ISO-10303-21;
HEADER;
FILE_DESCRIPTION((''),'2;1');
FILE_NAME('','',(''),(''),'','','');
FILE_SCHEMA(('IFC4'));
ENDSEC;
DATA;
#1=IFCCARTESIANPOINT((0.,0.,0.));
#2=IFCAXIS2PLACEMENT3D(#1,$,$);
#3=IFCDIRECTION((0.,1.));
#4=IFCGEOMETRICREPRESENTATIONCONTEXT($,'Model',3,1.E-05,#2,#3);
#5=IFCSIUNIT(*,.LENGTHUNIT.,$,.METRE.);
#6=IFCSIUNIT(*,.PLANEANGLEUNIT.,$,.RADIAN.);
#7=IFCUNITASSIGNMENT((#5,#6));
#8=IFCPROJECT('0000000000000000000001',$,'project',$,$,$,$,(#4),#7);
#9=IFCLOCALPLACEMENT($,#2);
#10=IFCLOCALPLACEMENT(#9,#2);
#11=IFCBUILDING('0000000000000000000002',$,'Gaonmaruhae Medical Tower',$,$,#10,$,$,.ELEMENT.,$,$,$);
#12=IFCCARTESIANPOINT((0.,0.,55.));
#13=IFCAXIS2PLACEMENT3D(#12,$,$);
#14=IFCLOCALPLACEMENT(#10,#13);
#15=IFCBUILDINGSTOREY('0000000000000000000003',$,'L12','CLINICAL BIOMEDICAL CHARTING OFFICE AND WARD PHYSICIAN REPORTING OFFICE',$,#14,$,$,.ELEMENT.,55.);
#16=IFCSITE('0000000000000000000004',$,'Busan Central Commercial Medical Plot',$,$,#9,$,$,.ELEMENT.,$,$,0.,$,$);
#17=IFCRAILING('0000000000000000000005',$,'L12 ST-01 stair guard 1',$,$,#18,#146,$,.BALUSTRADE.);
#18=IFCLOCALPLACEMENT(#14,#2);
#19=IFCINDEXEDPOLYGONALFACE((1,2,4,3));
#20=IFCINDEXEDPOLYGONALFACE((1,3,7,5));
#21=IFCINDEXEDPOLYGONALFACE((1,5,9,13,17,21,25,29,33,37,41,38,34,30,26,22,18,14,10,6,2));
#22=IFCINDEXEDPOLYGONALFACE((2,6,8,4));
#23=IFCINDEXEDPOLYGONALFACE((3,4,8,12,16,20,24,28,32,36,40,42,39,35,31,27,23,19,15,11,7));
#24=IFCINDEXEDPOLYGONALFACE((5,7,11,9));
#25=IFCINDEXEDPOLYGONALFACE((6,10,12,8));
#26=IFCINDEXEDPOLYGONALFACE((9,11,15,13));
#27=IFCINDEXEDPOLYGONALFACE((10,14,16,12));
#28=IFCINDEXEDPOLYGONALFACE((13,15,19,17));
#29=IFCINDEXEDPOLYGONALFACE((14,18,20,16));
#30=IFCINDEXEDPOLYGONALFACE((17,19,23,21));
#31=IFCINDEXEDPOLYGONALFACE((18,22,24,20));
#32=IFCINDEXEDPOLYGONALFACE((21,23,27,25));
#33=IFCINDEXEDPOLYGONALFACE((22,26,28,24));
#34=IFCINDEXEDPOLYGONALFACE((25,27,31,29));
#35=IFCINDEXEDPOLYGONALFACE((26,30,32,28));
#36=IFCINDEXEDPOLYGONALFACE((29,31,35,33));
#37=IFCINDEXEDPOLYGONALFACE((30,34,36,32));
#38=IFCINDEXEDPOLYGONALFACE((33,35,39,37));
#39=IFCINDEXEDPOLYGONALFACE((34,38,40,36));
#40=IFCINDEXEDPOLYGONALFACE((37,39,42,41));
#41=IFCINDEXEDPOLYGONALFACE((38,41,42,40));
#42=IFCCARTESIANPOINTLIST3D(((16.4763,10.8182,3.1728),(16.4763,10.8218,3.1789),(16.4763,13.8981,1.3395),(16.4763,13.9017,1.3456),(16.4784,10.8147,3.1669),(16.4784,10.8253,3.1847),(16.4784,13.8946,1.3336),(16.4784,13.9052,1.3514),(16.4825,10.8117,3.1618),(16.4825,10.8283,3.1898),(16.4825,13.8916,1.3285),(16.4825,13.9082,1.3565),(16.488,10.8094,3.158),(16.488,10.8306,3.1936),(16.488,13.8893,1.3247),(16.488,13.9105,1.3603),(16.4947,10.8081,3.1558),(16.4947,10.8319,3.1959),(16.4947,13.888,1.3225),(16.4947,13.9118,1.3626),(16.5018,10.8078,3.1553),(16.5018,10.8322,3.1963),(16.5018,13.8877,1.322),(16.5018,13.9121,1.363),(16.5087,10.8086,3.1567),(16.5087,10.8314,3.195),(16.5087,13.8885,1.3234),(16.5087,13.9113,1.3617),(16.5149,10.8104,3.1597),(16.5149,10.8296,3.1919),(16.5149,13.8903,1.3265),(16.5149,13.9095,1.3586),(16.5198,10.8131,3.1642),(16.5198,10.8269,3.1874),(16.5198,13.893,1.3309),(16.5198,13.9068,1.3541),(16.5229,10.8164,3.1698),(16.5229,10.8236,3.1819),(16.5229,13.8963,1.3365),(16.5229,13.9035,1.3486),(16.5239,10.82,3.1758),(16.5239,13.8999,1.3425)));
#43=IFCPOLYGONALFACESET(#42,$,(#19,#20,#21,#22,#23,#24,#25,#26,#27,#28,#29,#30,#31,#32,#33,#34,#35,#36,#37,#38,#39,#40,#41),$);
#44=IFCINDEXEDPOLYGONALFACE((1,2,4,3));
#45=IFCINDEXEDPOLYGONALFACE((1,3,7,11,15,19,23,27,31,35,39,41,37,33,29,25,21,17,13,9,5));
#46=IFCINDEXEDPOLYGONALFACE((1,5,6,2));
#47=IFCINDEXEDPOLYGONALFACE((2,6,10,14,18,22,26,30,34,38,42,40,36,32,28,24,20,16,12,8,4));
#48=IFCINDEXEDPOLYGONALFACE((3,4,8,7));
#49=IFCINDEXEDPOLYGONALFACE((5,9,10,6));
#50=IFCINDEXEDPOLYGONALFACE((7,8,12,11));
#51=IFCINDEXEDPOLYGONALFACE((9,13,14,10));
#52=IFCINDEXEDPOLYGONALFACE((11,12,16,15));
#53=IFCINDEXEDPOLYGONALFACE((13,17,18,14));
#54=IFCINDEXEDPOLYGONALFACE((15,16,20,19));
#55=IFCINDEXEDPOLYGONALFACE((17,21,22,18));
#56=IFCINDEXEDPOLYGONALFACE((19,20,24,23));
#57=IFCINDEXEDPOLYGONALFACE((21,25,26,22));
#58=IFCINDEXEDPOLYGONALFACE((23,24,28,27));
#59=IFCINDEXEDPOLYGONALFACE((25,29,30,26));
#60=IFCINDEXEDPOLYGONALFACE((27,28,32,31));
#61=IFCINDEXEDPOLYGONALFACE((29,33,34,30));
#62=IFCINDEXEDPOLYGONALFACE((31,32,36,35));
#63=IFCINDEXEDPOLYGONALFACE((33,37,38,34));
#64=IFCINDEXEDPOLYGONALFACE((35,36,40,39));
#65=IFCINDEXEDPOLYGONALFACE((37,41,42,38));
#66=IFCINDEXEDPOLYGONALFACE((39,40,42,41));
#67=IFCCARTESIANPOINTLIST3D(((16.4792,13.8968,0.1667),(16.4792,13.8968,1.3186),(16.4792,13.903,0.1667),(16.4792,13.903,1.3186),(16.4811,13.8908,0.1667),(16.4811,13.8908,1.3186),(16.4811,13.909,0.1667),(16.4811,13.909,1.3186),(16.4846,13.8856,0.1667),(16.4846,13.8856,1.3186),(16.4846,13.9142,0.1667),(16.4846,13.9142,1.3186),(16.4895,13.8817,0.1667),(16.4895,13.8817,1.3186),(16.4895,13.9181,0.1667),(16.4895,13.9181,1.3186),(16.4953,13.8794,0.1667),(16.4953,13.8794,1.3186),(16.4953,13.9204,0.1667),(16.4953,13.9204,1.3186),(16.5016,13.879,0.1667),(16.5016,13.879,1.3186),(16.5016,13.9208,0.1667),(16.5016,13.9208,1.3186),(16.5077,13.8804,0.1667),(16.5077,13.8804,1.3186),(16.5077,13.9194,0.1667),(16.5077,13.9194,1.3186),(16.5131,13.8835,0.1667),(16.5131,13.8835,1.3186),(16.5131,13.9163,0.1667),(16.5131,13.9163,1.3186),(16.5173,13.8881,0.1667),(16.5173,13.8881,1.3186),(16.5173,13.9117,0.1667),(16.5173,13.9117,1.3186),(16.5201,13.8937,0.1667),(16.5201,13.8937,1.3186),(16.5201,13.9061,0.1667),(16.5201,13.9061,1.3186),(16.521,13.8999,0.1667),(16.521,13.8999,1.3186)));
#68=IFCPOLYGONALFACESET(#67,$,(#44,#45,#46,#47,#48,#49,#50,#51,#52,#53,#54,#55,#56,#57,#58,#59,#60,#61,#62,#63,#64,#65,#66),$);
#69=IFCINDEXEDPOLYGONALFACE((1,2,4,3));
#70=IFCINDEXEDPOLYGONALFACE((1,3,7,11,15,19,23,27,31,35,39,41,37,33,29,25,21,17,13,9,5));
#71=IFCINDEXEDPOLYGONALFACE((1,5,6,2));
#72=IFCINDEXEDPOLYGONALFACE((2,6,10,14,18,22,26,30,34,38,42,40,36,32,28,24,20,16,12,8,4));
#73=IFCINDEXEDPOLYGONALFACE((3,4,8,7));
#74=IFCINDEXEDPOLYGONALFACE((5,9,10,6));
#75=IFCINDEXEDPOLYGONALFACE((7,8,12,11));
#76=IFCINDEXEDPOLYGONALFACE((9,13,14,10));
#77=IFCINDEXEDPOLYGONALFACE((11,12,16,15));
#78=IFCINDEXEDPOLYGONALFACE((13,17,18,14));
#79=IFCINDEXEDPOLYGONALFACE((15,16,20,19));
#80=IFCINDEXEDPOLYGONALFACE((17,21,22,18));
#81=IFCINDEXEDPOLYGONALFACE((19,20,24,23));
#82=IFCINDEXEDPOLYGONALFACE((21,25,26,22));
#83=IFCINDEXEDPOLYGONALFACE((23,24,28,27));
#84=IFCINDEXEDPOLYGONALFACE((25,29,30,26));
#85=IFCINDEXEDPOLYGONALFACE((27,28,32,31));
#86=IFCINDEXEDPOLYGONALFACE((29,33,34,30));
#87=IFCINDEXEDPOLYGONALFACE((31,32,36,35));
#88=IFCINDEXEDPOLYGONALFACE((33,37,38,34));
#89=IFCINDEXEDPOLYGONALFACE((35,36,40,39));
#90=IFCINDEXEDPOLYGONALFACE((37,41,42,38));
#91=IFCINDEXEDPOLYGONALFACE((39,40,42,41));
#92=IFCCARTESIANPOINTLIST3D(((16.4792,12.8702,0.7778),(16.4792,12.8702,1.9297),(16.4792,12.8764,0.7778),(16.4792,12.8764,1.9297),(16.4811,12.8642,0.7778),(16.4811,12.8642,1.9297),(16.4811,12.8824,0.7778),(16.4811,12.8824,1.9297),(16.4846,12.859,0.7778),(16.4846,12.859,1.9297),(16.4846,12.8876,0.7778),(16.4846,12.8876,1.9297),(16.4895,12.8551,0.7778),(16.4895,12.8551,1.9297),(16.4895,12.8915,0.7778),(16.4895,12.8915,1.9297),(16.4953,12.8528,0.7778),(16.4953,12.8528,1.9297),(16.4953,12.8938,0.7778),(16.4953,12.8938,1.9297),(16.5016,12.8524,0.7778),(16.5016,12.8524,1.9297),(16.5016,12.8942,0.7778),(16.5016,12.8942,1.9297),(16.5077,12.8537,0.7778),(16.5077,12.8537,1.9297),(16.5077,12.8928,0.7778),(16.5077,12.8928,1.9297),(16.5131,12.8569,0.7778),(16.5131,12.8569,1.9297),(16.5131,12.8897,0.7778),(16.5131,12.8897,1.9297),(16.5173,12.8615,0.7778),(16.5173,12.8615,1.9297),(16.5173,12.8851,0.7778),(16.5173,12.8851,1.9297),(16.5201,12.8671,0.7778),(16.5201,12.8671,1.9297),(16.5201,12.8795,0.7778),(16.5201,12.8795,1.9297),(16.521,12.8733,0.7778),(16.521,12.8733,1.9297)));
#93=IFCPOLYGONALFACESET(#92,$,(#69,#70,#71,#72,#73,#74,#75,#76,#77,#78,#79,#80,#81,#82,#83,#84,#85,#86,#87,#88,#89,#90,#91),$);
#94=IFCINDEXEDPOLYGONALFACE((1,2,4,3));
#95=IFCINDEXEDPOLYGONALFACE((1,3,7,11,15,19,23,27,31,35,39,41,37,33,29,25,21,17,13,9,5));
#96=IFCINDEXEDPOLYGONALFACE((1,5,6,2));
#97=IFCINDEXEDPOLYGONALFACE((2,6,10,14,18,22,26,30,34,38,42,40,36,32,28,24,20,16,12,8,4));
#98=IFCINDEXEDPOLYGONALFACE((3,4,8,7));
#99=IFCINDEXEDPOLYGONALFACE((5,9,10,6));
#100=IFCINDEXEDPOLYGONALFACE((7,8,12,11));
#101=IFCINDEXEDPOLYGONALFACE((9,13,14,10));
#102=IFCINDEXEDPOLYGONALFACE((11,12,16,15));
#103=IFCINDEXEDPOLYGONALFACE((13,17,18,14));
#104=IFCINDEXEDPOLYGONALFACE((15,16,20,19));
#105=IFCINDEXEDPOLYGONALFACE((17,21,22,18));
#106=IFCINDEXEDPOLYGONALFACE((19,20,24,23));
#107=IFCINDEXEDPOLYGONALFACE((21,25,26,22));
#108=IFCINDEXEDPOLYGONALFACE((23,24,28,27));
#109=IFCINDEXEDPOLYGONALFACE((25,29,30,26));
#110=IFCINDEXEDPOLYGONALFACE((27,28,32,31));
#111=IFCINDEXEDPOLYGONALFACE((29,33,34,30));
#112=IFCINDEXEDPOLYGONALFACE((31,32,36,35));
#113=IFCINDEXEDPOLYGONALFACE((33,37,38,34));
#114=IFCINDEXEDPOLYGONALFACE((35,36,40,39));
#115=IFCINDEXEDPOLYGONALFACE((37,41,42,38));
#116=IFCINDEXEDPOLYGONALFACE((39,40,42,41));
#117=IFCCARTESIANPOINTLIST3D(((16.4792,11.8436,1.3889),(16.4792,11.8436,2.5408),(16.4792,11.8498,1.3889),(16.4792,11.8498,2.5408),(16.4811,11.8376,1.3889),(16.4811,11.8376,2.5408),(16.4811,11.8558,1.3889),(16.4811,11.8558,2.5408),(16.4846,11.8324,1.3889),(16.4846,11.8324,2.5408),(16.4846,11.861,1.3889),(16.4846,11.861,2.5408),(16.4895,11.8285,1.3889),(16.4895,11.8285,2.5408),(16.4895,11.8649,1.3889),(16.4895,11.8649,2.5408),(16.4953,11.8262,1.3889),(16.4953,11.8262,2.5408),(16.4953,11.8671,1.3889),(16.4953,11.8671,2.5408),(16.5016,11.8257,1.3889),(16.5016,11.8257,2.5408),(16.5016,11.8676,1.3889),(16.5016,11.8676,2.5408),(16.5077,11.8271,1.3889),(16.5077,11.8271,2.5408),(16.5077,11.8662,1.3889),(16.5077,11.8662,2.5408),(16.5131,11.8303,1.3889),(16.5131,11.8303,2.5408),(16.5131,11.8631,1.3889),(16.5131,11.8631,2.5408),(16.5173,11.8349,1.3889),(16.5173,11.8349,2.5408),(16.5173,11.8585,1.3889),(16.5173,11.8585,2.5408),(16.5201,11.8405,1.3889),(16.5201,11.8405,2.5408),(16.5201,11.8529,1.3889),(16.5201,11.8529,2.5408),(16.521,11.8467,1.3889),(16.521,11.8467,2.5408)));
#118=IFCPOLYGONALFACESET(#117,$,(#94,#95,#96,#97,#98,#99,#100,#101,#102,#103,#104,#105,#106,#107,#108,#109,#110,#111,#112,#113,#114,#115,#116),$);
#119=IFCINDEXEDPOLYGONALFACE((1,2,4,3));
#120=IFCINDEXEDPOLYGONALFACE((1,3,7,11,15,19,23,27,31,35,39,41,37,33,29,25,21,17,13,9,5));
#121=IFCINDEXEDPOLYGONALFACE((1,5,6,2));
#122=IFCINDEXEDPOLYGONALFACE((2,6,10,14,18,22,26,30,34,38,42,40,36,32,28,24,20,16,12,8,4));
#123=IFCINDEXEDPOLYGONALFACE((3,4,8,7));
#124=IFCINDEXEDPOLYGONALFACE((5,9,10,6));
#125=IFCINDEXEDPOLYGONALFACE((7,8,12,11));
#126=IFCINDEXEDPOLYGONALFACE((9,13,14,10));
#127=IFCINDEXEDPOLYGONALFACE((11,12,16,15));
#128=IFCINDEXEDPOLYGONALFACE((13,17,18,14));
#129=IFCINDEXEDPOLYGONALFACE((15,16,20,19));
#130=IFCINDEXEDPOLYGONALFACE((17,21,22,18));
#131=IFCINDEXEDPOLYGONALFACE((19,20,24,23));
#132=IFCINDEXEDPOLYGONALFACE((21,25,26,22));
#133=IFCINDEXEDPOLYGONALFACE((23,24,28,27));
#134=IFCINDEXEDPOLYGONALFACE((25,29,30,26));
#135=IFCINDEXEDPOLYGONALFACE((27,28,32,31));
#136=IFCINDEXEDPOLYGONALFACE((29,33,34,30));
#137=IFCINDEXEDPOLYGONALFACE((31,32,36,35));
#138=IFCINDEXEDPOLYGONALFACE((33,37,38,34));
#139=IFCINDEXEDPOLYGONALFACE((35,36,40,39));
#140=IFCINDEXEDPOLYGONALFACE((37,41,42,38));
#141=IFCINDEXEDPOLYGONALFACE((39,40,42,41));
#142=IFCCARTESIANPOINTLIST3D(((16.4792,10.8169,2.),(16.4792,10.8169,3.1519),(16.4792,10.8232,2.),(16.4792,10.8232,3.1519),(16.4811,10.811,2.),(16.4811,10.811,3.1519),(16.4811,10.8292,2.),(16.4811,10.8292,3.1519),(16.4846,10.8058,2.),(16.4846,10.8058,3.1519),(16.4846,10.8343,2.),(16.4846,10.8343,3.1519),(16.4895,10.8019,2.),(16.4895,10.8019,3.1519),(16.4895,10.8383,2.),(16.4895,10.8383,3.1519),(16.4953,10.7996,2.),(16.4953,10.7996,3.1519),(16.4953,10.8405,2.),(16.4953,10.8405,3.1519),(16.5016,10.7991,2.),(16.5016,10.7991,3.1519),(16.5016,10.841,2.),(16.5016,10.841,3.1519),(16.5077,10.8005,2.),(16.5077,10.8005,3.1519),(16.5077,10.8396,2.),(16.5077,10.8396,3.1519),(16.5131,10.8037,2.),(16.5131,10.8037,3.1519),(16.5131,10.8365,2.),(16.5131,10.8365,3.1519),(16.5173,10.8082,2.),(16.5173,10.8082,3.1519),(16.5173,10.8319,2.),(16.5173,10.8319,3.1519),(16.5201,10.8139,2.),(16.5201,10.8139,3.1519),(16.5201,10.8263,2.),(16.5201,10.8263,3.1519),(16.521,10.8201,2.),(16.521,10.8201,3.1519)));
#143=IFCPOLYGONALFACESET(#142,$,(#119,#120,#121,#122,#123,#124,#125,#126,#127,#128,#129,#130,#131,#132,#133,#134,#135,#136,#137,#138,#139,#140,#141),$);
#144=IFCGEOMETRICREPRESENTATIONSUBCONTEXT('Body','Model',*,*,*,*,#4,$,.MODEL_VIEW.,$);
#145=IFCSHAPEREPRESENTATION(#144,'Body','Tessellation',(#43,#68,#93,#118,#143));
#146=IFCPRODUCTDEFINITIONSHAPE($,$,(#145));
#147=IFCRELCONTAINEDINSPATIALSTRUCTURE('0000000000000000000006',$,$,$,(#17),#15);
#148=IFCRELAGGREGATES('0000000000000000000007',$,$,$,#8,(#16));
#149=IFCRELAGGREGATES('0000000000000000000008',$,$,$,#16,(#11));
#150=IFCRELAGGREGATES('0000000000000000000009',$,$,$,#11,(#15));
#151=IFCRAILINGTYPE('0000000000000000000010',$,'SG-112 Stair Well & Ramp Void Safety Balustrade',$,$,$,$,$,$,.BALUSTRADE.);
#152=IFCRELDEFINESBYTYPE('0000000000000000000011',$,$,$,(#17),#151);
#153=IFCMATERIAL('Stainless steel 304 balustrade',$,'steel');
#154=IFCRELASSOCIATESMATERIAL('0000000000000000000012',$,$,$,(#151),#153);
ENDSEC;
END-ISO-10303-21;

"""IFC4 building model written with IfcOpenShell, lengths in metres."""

from ifc_helpers import new_model, si_unit, direction, frame, origin, origin_2d, place, context, subcontext, project, spatial, circle, extrude, material, type_object, element, save


model = new_model("IFC4")

# Units and contexts
model_context = context("Model", 3, precision=1e-05, world=origin(), true_north=direction((0.0, 1.0)))
body_context = subcontext(model_context, "Body", "Model", "MODEL_VIEW")
ifc_project = project(units=[si_unit("LENGTHUNIT", "METRE"), si_unit("PLANEANGLEUNIT", "RADIAN")], contexts=[model_context])

# Site, building, storey
site_placement = place(None, origin())
site = spatial("IfcSite", under=ifc_project, at=site_placement, Name="Busan Central Commercial Medical Plot", CompositionType="ELEMENT", RefElevation=0.0)
building_placement = place(site_placement, origin())
building = spatial("IfcBuilding", under=site, at=building_placement, Name="Gaonmaruhae Medical Tower", CompositionType="ELEMENT")
storey_placement = place(building_placement, frame((0.0, 0.0, 55.0)))
storey = spatial("IfcBuildingStorey", under=building, at=storey_placement, Name="L12", Description="CLINICAL BIOMEDICAL CHARTING OFFICE AND WARD PHYSICIAN REPORTING OFFICE", CompositionType="ELEMENT", Elevation=55.0)

# Railing
ifc_material_1 = material(Name="Stainless steel 304 balustrade", Category="steel")
railing_type_1 = type_object("IfcRailingType", Name="SG-112 Stair Well & Ramp Void Safety Balustrade", PredefinedType="BALUSTRADE", material=ifc_material_1)
railing_1_placement = place(storey_placement, frame((16.5, 13.8999, 0.1667)))
element("IfcRailing", 1, at=railing_1_placement, inside=storey, type_object=railing_type_1, Name="L12 ST-01 stair guard 1", PredefinedType="BALUSTRADE", context=body_context, shape_type="SweptSolid", body=[
    extrude(circle(Radius=0.0239, at=origin_2d()), frame((0.0, 0.0, 1.1758), z_axis=(0.0, -0.859291, 0.511487), x_axis=(1.0, 0.0, 0.0)), (0.0, 0.0, 1.0), 3.5842),
    extrude(circle(Radius=0.021, at=origin_2d()), origin(), (0.0, 0.0, 1.0), 1.1519),
    extrude(circle(Radius=0.021, at=origin_2d()), frame((0.0, -1.0266, 0.6111)), (0.0, 0.0, 1.0), 1.1519),
    extrude(circle(Radius=0.021, at=origin_2d()), frame((0.0, -2.0532, 1.2222)), (0.0, 0.0, 1.0), 1.1519),
    extrude(circle(Radius=0.021, at=origin_2d()), frame((0.0, -3.0798, 1.8333)), (0.0, 0.0, 1.0), 1.1519),
])

save(model, "model.ifc")
